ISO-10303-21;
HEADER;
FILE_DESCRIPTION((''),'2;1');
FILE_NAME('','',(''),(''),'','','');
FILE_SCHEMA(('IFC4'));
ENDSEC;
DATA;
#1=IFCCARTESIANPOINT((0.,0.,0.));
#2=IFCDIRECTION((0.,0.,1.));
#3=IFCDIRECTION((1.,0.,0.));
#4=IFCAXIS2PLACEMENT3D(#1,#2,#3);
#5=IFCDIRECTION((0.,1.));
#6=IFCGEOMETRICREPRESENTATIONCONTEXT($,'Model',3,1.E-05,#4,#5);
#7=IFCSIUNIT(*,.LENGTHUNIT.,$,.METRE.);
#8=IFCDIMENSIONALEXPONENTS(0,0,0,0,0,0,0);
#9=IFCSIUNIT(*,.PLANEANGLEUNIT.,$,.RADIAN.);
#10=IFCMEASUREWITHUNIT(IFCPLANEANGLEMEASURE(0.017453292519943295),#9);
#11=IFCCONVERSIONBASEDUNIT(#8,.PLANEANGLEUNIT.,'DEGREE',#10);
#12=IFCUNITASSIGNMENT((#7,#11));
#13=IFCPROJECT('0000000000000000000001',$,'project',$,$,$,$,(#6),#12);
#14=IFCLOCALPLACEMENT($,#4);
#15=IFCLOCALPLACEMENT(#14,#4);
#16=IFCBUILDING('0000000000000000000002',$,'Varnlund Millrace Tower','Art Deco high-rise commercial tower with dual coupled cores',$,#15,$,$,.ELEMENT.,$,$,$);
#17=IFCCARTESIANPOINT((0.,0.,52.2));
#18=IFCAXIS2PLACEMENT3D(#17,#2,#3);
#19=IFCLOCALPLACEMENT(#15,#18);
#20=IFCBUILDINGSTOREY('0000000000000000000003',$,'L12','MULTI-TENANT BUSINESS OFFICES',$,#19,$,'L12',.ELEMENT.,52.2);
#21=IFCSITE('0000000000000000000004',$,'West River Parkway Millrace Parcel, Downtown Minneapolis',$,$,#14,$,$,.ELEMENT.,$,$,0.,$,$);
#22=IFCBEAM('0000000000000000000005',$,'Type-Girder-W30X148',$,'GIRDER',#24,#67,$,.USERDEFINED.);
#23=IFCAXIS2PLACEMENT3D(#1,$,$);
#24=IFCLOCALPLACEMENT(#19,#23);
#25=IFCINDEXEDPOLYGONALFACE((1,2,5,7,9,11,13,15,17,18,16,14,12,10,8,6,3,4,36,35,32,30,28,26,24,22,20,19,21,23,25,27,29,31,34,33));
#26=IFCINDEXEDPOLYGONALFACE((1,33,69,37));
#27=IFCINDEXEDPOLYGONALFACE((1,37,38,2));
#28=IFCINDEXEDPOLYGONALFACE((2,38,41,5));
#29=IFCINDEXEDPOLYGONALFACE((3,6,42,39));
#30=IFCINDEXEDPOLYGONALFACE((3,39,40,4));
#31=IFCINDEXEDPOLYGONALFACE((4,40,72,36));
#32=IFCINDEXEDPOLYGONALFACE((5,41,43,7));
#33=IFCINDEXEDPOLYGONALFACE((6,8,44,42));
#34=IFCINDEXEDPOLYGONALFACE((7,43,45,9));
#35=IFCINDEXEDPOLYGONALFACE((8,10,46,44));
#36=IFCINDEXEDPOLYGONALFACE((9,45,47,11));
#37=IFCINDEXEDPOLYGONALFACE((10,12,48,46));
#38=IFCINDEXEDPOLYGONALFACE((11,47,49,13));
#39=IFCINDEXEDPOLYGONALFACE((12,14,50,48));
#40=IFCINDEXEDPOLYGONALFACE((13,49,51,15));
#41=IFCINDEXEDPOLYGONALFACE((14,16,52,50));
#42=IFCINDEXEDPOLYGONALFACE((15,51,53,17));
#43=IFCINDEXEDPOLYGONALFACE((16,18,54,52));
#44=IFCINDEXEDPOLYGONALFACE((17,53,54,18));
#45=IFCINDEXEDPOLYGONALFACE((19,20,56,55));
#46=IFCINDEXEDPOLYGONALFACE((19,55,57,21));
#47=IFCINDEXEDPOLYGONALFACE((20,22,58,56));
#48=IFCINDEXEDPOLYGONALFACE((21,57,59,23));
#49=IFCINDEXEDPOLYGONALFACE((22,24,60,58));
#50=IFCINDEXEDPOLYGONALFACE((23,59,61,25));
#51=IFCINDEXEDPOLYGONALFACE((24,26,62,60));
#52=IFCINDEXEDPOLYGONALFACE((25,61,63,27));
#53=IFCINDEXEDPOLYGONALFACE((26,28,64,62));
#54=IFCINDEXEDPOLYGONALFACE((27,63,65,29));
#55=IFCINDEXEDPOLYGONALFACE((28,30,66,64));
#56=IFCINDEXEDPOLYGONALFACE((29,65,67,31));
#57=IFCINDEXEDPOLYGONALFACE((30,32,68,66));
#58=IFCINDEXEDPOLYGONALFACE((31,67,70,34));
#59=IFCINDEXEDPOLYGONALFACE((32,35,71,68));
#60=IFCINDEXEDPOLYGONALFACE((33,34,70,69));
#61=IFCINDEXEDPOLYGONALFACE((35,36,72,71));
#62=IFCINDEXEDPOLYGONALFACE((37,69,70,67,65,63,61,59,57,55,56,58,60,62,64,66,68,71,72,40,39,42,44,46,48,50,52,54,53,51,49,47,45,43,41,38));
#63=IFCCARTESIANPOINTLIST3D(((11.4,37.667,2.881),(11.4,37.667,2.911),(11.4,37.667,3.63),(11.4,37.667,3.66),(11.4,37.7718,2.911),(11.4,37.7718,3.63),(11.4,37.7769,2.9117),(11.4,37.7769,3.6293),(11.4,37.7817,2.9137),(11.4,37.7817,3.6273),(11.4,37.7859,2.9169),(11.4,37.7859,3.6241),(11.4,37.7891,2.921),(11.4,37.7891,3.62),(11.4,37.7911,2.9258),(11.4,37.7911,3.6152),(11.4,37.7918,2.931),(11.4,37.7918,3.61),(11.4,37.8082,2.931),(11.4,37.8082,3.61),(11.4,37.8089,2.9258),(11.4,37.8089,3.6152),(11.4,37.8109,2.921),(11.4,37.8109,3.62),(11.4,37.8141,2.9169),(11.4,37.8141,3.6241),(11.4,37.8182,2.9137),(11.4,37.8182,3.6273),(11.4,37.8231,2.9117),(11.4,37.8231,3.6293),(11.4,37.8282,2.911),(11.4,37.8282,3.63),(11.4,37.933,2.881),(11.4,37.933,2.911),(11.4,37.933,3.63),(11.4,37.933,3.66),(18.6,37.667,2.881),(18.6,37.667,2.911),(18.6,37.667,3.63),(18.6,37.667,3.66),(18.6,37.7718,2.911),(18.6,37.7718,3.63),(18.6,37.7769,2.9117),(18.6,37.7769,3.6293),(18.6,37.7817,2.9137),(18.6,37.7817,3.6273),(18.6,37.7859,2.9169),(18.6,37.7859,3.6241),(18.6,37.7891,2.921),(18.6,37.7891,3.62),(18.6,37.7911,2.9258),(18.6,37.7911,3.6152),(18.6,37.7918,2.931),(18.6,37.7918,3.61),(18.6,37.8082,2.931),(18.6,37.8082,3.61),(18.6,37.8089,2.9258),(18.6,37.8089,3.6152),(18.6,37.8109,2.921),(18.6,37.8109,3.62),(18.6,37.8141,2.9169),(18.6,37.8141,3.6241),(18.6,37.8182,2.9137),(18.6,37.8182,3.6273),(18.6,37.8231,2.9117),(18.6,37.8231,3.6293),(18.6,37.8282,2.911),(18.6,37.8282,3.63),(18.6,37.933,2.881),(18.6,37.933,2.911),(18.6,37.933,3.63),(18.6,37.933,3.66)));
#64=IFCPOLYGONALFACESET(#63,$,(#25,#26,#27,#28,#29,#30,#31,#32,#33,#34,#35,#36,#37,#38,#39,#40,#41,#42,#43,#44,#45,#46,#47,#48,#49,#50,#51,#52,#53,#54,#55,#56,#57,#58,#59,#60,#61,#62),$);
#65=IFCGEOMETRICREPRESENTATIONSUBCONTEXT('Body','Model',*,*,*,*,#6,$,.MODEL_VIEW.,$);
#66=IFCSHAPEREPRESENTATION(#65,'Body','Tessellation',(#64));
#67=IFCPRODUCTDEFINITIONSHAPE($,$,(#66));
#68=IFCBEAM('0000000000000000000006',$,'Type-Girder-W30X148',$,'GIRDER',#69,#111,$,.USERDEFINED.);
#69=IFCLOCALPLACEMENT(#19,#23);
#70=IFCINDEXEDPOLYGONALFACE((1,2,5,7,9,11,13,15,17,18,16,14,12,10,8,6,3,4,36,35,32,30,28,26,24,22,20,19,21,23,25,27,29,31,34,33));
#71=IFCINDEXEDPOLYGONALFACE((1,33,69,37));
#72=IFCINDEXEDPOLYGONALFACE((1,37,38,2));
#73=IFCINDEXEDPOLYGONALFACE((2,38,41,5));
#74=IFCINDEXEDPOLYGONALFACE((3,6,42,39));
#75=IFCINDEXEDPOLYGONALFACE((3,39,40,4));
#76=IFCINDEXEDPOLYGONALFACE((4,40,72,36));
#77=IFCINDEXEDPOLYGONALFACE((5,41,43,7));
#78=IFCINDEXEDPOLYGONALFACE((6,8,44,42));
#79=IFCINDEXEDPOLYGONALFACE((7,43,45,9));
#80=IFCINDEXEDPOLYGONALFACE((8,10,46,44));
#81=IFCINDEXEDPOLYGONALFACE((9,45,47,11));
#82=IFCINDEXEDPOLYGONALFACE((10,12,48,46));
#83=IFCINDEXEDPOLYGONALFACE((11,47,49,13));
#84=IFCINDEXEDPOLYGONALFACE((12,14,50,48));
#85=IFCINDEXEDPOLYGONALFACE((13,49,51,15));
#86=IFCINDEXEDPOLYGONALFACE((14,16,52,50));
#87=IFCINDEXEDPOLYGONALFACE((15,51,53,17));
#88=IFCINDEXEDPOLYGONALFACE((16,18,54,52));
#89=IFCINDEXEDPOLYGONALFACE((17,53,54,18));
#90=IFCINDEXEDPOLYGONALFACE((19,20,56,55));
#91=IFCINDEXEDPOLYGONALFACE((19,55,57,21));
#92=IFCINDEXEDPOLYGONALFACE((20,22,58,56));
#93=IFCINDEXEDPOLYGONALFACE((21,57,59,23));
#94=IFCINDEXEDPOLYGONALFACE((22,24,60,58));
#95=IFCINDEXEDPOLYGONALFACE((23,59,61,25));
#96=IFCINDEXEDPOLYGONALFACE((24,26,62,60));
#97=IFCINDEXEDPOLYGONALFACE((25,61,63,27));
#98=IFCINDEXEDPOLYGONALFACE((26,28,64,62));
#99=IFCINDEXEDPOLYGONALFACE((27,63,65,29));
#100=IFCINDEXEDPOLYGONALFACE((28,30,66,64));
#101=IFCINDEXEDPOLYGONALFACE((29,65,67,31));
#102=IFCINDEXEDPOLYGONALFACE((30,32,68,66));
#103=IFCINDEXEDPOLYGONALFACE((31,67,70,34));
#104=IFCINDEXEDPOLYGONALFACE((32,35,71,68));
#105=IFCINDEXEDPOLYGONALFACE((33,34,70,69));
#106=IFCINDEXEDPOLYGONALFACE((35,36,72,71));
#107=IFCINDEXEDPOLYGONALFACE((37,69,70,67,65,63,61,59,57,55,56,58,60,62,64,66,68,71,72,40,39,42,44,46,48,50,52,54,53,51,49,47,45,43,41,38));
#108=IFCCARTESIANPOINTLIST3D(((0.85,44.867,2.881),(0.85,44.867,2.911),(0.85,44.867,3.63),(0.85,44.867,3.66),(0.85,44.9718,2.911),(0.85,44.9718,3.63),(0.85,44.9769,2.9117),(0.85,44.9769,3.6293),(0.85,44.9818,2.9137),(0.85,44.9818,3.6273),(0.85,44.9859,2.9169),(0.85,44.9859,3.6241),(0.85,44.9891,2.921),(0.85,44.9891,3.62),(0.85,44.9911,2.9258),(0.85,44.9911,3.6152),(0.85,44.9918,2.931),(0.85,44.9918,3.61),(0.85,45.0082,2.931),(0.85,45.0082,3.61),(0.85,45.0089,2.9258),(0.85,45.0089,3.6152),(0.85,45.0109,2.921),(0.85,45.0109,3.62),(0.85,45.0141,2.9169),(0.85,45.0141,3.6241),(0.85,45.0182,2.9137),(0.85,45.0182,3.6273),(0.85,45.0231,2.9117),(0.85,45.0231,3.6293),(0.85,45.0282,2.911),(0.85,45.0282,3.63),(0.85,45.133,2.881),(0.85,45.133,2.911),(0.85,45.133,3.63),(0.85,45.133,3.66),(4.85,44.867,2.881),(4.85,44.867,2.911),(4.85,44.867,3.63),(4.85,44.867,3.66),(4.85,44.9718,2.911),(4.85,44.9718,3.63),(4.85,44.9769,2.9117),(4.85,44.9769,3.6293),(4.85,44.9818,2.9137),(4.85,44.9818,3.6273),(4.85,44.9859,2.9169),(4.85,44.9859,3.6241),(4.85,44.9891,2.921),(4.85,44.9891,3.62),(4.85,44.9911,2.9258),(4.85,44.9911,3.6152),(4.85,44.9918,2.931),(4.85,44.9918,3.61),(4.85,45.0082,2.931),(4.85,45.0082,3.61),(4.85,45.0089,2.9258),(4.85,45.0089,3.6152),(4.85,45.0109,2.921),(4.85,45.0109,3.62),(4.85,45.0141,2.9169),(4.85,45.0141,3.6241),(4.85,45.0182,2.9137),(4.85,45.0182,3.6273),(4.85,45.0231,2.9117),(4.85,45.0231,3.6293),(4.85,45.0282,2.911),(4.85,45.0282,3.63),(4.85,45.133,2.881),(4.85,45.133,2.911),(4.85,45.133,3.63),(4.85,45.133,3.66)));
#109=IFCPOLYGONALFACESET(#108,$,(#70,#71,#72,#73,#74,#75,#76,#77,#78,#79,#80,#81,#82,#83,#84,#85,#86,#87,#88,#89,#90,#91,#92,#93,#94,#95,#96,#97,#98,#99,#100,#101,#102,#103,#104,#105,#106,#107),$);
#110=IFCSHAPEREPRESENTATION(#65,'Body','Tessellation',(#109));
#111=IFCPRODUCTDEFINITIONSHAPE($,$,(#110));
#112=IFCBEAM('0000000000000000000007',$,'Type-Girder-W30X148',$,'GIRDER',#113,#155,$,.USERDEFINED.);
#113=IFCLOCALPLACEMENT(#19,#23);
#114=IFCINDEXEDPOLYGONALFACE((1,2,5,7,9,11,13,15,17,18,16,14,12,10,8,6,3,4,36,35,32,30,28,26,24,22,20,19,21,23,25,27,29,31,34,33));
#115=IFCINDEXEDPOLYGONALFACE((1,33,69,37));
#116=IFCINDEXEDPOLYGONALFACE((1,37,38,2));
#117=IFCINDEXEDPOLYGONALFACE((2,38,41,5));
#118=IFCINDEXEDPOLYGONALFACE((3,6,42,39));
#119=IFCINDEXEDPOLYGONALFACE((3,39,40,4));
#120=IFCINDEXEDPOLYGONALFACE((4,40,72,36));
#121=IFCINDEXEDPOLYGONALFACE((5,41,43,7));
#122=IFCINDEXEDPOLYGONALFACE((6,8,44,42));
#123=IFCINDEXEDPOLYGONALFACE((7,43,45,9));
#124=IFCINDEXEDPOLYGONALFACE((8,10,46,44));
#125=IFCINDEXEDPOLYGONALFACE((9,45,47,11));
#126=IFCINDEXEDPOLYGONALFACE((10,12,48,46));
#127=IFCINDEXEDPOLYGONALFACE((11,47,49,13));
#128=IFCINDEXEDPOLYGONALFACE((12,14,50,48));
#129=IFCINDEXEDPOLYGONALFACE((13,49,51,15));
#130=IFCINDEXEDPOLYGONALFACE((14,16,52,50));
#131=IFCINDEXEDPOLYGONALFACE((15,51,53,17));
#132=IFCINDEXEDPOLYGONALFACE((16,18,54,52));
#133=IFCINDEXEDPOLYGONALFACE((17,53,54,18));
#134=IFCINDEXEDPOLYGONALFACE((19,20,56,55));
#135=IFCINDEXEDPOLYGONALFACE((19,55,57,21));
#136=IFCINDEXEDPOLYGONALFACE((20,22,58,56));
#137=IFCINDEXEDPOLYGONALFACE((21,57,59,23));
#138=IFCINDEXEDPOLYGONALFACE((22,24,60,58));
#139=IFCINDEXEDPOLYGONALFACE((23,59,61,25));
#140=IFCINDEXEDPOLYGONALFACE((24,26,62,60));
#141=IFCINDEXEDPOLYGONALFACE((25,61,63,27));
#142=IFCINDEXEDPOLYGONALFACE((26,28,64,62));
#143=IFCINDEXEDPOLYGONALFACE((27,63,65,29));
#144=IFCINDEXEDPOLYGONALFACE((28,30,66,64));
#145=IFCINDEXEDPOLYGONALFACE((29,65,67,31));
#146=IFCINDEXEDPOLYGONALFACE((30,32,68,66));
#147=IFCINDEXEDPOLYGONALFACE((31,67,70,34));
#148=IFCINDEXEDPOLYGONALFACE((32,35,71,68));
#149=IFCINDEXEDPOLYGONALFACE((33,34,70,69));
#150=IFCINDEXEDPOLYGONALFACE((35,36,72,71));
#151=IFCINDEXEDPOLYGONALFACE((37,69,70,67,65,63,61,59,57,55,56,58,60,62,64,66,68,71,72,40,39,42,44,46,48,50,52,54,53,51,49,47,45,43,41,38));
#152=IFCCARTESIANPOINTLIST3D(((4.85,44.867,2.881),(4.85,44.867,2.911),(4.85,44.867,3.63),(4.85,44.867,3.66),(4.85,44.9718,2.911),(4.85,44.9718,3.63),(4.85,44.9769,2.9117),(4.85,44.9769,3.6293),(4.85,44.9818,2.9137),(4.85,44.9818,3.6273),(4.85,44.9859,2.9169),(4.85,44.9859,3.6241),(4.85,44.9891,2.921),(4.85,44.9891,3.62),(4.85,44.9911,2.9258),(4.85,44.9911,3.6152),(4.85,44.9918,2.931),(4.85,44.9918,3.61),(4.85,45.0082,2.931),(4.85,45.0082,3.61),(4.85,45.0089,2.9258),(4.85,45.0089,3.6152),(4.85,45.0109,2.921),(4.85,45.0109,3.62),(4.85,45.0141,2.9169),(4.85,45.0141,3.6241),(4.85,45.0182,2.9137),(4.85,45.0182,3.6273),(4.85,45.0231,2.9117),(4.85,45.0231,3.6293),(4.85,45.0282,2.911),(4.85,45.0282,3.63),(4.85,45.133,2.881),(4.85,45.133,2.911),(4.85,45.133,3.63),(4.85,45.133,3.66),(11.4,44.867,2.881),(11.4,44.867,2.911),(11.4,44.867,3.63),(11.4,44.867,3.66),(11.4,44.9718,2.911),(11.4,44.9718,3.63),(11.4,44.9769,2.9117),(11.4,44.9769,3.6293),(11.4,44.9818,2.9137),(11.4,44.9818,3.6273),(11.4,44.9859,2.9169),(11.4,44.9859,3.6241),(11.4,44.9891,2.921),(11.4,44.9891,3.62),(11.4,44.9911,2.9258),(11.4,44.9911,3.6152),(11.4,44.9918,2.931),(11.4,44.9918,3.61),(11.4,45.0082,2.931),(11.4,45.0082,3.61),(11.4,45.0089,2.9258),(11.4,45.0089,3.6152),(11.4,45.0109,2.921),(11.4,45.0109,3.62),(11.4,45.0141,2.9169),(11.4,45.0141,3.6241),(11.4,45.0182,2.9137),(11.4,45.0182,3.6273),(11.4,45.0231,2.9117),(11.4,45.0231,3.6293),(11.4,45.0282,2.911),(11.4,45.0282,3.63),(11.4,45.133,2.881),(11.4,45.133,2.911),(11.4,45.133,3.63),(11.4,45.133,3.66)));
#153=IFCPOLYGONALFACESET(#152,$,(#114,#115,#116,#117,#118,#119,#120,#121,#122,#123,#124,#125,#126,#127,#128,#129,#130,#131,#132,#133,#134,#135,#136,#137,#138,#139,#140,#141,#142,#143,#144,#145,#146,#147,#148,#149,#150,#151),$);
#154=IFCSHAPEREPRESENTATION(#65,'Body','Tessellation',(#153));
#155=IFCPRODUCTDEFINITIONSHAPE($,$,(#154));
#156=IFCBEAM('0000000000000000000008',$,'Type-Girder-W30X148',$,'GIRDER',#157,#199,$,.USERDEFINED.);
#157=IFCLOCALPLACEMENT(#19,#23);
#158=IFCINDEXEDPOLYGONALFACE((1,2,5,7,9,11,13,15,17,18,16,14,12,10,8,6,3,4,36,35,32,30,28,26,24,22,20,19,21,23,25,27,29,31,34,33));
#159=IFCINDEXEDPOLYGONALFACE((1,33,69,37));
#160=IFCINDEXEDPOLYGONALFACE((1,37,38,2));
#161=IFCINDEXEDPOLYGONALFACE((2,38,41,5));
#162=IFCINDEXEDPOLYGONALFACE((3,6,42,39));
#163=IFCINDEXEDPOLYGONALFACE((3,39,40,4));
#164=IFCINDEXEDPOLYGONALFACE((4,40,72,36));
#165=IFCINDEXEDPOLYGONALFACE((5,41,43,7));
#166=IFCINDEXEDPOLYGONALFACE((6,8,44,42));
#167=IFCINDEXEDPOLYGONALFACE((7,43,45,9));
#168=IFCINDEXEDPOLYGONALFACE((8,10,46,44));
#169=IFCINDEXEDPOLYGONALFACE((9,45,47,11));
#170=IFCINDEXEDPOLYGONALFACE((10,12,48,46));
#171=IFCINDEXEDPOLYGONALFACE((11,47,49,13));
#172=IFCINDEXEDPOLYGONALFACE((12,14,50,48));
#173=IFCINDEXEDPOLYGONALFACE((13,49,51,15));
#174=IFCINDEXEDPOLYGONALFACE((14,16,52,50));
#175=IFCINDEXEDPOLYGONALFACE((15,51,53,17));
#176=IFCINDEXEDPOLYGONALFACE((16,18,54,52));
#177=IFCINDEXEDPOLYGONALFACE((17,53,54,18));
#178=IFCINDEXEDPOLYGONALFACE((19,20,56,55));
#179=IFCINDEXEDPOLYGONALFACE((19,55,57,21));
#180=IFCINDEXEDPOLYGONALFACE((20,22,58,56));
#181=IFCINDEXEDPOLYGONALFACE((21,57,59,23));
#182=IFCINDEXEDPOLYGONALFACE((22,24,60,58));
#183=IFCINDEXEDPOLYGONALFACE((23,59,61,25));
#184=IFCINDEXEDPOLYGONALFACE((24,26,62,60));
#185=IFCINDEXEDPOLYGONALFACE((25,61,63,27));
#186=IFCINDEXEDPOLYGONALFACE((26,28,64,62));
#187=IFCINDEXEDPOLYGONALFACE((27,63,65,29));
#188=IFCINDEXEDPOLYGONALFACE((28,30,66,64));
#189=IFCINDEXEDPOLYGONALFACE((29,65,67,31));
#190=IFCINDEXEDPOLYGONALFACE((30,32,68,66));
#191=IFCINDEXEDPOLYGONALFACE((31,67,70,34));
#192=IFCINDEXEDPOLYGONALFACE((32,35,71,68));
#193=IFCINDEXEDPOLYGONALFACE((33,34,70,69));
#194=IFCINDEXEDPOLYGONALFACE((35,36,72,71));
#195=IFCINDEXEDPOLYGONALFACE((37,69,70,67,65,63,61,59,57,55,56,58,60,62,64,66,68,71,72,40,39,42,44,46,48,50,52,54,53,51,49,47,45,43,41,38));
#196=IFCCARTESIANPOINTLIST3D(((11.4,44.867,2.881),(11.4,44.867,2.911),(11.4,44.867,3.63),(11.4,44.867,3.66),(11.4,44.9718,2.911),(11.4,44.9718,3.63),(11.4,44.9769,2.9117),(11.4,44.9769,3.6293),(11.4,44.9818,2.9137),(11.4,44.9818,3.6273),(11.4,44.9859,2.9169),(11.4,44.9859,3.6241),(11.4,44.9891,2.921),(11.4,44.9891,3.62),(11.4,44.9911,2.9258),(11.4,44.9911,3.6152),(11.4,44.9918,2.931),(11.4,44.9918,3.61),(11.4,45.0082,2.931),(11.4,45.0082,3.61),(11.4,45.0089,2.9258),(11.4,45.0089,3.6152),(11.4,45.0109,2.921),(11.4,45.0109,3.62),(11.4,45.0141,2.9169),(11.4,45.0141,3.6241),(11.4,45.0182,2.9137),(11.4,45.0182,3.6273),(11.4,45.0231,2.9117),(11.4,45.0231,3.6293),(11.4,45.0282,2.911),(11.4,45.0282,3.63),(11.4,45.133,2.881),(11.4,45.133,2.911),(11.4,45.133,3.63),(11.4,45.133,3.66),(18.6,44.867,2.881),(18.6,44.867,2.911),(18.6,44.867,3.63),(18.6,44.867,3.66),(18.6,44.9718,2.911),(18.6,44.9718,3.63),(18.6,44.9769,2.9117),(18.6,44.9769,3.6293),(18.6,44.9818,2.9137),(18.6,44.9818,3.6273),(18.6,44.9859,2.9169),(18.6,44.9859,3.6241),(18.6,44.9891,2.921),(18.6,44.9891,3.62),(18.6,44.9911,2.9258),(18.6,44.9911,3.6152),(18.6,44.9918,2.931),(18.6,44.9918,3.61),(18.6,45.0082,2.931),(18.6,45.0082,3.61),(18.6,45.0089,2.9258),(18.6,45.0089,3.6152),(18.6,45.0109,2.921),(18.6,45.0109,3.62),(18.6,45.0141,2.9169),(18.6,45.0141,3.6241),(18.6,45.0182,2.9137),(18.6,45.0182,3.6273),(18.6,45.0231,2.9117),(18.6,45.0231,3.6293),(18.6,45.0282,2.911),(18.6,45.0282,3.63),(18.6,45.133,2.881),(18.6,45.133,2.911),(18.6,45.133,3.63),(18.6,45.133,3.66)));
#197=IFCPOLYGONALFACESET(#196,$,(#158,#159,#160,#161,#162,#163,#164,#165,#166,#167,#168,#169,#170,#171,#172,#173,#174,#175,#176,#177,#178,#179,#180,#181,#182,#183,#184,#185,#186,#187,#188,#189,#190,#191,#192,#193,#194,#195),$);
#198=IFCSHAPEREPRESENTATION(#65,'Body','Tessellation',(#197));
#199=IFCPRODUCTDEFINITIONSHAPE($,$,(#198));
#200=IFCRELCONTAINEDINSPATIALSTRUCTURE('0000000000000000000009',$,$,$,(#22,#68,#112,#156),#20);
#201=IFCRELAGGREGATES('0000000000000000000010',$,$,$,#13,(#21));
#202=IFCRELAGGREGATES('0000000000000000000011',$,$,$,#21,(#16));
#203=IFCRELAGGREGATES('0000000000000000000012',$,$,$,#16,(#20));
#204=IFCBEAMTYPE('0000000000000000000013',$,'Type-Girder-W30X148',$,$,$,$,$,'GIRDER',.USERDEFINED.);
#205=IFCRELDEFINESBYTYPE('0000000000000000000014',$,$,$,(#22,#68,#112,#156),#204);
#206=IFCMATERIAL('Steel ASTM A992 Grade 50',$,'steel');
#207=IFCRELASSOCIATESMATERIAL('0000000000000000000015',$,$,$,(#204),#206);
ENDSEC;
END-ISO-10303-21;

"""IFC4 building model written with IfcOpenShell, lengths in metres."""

from ifc_helpers import new_model, entity, si_unit, converted_unit, direction, frame, origin_with_axes, origin_2d_with_axis, place, context, subcontext, project, spatial, i_section, extrude, material, material_profile, profile_set, type_object, element, save


model = new_model("IFC4")

# Units and contexts
model_context = context("Model", 3, precision=1e-05, world=origin_with_axes(), true_north=direction((0.0, 1.0)))
body_context = subcontext(model_context, "Body", "Model", "MODEL_VIEW")
ifc_project = project(units=[si_unit("LENGTHUNIT", "METRE"), converted_unit("PLANEANGLEUNIT", "DEGREE", entity("IfcPlaneAngleMeasure", 0.017453292519943295), si_unit("PLANEANGLEUNIT", "RADIAN"), dimensions=[0, 0, 0, 0, 0, 0, 0])], contexts=[model_context])

# Site, building, storey
site_placement = place(None, origin_with_axes())
site = spatial("IfcSite", under=ifc_project, at=site_placement, Name="West River Parkway Millrace Parcel, Downtown Minneapolis", CompositionType="ELEMENT", RefElevation=0.0)
building_placement = place(site_placement, origin_with_axes())
building = spatial("IfcBuilding", under=site, at=building_placement, Name="Varnlund Millrace Tower", Description="Art Deco high-rise commercial tower with dual coupled cores", CompositionType="ELEMENT")
storey_placement = place(building_placement, frame((0.0, 0.0, 52.2), z_axis=(0.0, 0.0, 1.0), x_axis=(1.0, 0.0, 0.0)))
storey = spatial("IfcBuildingStorey", under=building, at=storey_placement, Name="L12", Description="MULTI-TENANT BUSINESS OFFICES", LongName="L12", CompositionType="ELEMENT", Elevation=52.2)

# Beams
ifc_material_1 = material(Name="Steel ASTM A992 Grade 50", Category="steel")
ifc_material_profile_1 = material_profile(ifc_material_1, i_section(OverallWidth=0.266, OverallDepth=0.779, WebThickness=0.0165, FlangeThickness=0.03, FilletRadius=0.02, at=origin_2d_with_axis()), Name="Steel ASTM A992 Grade 50")
ifc_profile_set_1 = profile_set([ifc_material_profile_1], Name="Steel ASTM A992 Grade 50")
beam_type_1 = type_object("IfcBeamType", Name="Type-Girder-W30X148", ElementType="GIRDER", PredefinedType="USERDEFINED", material=ifc_profile_set_1)
beam_1_placement = place(storey_placement, frame((11.4, 37.8, 3.2705), z_axis=(1.0, 0.0, 0.0), x_axis=(0.0, 1.0, 0.0)))
element("IfcBeam", 1, at=beam_1_placement, inside=storey, type_object=beam_type_1, Name="Type-Girder-W30X148", ObjectType="GIRDER", PredefinedType="USERDEFINED", context=body_context, shape_type="SweptSolid", body=[
    extrude(i_section(OverallWidth=0.266, OverallDepth=0.779, WebThickness=0.0165, FlangeThickness=0.03, FilletRadius=0.02, at=origin_2d_with_axis()), origin_with_axes(), (0.0, 0.0, 1.0), 7.2),
])
beam_2_placement = place(storey_placement, frame((0.85, 45.0, 3.2705), z_axis=(1.0, 0.0, 0.0), x_axis=(0.0, 1.0, 0.0)))
element("IfcBeam", 2, at=beam_2_placement, inside=storey, type_object=beam_type_1, Name="Type-Girder-W30X148", ObjectType="GIRDER", PredefinedType="USERDEFINED", context=body_context, shape_type="SweptSolid", body=[
    extrude(i_section(OverallWidth=0.266, OverallDepth=0.779, WebThickness=0.0165, FlangeThickness=0.03, FilletRadius=0.02, at=origin_2d_with_axis()), origin_with_axes(), (0.0, 0.0, 1.0), 4.0),
])
beam_3_placement = place(storey_placement, frame((4.85, 45.0, 3.2705), z_axis=(1.0, 0.0, 0.0), x_axis=(0.0, 1.0, 0.0)))
element("IfcBeam", 3, at=beam_3_placement, inside=storey, type_object=beam_type_1, Name="Type-Girder-W30X148", ObjectType="GIRDER", PredefinedType="USERDEFINED", context=body_context, shape_type="SweptSolid", body=[
    extrude(i_section(OverallWidth=0.266, OverallDepth=0.779, WebThickness=0.0165, FlangeThickness=0.03, FilletRadius=0.02, at=origin_2d_with_axis()), origin_with_axes(), (0.0, 0.0, 1.0), 6.55),
])
beam_4_placement = place(storey_placement, frame((11.4, 45.0, 3.2705), z_axis=(1.0, 0.0, 0.0), x_axis=(0.0, 1.0, 0.0)))
element("IfcBeam", 4, at=beam_4_placement, inside=storey, type_object=beam_type_1, Name="Type-Girder-W30X148", ObjectType="GIRDER", PredefinedType="USERDEFINED", context=body_context, shape_type="SweptSolid", body=[
    extrude(i_section(OverallWidth=0.266, OverallDepth=0.779, WebThickness=0.0165, FlangeThickness=0.03, FilletRadius=0.02, at=origin_2d_with_axis()), origin_with_axes(), (0.0, 0.0, 1.0), 7.2),
])

save(model, "model.ifc")
